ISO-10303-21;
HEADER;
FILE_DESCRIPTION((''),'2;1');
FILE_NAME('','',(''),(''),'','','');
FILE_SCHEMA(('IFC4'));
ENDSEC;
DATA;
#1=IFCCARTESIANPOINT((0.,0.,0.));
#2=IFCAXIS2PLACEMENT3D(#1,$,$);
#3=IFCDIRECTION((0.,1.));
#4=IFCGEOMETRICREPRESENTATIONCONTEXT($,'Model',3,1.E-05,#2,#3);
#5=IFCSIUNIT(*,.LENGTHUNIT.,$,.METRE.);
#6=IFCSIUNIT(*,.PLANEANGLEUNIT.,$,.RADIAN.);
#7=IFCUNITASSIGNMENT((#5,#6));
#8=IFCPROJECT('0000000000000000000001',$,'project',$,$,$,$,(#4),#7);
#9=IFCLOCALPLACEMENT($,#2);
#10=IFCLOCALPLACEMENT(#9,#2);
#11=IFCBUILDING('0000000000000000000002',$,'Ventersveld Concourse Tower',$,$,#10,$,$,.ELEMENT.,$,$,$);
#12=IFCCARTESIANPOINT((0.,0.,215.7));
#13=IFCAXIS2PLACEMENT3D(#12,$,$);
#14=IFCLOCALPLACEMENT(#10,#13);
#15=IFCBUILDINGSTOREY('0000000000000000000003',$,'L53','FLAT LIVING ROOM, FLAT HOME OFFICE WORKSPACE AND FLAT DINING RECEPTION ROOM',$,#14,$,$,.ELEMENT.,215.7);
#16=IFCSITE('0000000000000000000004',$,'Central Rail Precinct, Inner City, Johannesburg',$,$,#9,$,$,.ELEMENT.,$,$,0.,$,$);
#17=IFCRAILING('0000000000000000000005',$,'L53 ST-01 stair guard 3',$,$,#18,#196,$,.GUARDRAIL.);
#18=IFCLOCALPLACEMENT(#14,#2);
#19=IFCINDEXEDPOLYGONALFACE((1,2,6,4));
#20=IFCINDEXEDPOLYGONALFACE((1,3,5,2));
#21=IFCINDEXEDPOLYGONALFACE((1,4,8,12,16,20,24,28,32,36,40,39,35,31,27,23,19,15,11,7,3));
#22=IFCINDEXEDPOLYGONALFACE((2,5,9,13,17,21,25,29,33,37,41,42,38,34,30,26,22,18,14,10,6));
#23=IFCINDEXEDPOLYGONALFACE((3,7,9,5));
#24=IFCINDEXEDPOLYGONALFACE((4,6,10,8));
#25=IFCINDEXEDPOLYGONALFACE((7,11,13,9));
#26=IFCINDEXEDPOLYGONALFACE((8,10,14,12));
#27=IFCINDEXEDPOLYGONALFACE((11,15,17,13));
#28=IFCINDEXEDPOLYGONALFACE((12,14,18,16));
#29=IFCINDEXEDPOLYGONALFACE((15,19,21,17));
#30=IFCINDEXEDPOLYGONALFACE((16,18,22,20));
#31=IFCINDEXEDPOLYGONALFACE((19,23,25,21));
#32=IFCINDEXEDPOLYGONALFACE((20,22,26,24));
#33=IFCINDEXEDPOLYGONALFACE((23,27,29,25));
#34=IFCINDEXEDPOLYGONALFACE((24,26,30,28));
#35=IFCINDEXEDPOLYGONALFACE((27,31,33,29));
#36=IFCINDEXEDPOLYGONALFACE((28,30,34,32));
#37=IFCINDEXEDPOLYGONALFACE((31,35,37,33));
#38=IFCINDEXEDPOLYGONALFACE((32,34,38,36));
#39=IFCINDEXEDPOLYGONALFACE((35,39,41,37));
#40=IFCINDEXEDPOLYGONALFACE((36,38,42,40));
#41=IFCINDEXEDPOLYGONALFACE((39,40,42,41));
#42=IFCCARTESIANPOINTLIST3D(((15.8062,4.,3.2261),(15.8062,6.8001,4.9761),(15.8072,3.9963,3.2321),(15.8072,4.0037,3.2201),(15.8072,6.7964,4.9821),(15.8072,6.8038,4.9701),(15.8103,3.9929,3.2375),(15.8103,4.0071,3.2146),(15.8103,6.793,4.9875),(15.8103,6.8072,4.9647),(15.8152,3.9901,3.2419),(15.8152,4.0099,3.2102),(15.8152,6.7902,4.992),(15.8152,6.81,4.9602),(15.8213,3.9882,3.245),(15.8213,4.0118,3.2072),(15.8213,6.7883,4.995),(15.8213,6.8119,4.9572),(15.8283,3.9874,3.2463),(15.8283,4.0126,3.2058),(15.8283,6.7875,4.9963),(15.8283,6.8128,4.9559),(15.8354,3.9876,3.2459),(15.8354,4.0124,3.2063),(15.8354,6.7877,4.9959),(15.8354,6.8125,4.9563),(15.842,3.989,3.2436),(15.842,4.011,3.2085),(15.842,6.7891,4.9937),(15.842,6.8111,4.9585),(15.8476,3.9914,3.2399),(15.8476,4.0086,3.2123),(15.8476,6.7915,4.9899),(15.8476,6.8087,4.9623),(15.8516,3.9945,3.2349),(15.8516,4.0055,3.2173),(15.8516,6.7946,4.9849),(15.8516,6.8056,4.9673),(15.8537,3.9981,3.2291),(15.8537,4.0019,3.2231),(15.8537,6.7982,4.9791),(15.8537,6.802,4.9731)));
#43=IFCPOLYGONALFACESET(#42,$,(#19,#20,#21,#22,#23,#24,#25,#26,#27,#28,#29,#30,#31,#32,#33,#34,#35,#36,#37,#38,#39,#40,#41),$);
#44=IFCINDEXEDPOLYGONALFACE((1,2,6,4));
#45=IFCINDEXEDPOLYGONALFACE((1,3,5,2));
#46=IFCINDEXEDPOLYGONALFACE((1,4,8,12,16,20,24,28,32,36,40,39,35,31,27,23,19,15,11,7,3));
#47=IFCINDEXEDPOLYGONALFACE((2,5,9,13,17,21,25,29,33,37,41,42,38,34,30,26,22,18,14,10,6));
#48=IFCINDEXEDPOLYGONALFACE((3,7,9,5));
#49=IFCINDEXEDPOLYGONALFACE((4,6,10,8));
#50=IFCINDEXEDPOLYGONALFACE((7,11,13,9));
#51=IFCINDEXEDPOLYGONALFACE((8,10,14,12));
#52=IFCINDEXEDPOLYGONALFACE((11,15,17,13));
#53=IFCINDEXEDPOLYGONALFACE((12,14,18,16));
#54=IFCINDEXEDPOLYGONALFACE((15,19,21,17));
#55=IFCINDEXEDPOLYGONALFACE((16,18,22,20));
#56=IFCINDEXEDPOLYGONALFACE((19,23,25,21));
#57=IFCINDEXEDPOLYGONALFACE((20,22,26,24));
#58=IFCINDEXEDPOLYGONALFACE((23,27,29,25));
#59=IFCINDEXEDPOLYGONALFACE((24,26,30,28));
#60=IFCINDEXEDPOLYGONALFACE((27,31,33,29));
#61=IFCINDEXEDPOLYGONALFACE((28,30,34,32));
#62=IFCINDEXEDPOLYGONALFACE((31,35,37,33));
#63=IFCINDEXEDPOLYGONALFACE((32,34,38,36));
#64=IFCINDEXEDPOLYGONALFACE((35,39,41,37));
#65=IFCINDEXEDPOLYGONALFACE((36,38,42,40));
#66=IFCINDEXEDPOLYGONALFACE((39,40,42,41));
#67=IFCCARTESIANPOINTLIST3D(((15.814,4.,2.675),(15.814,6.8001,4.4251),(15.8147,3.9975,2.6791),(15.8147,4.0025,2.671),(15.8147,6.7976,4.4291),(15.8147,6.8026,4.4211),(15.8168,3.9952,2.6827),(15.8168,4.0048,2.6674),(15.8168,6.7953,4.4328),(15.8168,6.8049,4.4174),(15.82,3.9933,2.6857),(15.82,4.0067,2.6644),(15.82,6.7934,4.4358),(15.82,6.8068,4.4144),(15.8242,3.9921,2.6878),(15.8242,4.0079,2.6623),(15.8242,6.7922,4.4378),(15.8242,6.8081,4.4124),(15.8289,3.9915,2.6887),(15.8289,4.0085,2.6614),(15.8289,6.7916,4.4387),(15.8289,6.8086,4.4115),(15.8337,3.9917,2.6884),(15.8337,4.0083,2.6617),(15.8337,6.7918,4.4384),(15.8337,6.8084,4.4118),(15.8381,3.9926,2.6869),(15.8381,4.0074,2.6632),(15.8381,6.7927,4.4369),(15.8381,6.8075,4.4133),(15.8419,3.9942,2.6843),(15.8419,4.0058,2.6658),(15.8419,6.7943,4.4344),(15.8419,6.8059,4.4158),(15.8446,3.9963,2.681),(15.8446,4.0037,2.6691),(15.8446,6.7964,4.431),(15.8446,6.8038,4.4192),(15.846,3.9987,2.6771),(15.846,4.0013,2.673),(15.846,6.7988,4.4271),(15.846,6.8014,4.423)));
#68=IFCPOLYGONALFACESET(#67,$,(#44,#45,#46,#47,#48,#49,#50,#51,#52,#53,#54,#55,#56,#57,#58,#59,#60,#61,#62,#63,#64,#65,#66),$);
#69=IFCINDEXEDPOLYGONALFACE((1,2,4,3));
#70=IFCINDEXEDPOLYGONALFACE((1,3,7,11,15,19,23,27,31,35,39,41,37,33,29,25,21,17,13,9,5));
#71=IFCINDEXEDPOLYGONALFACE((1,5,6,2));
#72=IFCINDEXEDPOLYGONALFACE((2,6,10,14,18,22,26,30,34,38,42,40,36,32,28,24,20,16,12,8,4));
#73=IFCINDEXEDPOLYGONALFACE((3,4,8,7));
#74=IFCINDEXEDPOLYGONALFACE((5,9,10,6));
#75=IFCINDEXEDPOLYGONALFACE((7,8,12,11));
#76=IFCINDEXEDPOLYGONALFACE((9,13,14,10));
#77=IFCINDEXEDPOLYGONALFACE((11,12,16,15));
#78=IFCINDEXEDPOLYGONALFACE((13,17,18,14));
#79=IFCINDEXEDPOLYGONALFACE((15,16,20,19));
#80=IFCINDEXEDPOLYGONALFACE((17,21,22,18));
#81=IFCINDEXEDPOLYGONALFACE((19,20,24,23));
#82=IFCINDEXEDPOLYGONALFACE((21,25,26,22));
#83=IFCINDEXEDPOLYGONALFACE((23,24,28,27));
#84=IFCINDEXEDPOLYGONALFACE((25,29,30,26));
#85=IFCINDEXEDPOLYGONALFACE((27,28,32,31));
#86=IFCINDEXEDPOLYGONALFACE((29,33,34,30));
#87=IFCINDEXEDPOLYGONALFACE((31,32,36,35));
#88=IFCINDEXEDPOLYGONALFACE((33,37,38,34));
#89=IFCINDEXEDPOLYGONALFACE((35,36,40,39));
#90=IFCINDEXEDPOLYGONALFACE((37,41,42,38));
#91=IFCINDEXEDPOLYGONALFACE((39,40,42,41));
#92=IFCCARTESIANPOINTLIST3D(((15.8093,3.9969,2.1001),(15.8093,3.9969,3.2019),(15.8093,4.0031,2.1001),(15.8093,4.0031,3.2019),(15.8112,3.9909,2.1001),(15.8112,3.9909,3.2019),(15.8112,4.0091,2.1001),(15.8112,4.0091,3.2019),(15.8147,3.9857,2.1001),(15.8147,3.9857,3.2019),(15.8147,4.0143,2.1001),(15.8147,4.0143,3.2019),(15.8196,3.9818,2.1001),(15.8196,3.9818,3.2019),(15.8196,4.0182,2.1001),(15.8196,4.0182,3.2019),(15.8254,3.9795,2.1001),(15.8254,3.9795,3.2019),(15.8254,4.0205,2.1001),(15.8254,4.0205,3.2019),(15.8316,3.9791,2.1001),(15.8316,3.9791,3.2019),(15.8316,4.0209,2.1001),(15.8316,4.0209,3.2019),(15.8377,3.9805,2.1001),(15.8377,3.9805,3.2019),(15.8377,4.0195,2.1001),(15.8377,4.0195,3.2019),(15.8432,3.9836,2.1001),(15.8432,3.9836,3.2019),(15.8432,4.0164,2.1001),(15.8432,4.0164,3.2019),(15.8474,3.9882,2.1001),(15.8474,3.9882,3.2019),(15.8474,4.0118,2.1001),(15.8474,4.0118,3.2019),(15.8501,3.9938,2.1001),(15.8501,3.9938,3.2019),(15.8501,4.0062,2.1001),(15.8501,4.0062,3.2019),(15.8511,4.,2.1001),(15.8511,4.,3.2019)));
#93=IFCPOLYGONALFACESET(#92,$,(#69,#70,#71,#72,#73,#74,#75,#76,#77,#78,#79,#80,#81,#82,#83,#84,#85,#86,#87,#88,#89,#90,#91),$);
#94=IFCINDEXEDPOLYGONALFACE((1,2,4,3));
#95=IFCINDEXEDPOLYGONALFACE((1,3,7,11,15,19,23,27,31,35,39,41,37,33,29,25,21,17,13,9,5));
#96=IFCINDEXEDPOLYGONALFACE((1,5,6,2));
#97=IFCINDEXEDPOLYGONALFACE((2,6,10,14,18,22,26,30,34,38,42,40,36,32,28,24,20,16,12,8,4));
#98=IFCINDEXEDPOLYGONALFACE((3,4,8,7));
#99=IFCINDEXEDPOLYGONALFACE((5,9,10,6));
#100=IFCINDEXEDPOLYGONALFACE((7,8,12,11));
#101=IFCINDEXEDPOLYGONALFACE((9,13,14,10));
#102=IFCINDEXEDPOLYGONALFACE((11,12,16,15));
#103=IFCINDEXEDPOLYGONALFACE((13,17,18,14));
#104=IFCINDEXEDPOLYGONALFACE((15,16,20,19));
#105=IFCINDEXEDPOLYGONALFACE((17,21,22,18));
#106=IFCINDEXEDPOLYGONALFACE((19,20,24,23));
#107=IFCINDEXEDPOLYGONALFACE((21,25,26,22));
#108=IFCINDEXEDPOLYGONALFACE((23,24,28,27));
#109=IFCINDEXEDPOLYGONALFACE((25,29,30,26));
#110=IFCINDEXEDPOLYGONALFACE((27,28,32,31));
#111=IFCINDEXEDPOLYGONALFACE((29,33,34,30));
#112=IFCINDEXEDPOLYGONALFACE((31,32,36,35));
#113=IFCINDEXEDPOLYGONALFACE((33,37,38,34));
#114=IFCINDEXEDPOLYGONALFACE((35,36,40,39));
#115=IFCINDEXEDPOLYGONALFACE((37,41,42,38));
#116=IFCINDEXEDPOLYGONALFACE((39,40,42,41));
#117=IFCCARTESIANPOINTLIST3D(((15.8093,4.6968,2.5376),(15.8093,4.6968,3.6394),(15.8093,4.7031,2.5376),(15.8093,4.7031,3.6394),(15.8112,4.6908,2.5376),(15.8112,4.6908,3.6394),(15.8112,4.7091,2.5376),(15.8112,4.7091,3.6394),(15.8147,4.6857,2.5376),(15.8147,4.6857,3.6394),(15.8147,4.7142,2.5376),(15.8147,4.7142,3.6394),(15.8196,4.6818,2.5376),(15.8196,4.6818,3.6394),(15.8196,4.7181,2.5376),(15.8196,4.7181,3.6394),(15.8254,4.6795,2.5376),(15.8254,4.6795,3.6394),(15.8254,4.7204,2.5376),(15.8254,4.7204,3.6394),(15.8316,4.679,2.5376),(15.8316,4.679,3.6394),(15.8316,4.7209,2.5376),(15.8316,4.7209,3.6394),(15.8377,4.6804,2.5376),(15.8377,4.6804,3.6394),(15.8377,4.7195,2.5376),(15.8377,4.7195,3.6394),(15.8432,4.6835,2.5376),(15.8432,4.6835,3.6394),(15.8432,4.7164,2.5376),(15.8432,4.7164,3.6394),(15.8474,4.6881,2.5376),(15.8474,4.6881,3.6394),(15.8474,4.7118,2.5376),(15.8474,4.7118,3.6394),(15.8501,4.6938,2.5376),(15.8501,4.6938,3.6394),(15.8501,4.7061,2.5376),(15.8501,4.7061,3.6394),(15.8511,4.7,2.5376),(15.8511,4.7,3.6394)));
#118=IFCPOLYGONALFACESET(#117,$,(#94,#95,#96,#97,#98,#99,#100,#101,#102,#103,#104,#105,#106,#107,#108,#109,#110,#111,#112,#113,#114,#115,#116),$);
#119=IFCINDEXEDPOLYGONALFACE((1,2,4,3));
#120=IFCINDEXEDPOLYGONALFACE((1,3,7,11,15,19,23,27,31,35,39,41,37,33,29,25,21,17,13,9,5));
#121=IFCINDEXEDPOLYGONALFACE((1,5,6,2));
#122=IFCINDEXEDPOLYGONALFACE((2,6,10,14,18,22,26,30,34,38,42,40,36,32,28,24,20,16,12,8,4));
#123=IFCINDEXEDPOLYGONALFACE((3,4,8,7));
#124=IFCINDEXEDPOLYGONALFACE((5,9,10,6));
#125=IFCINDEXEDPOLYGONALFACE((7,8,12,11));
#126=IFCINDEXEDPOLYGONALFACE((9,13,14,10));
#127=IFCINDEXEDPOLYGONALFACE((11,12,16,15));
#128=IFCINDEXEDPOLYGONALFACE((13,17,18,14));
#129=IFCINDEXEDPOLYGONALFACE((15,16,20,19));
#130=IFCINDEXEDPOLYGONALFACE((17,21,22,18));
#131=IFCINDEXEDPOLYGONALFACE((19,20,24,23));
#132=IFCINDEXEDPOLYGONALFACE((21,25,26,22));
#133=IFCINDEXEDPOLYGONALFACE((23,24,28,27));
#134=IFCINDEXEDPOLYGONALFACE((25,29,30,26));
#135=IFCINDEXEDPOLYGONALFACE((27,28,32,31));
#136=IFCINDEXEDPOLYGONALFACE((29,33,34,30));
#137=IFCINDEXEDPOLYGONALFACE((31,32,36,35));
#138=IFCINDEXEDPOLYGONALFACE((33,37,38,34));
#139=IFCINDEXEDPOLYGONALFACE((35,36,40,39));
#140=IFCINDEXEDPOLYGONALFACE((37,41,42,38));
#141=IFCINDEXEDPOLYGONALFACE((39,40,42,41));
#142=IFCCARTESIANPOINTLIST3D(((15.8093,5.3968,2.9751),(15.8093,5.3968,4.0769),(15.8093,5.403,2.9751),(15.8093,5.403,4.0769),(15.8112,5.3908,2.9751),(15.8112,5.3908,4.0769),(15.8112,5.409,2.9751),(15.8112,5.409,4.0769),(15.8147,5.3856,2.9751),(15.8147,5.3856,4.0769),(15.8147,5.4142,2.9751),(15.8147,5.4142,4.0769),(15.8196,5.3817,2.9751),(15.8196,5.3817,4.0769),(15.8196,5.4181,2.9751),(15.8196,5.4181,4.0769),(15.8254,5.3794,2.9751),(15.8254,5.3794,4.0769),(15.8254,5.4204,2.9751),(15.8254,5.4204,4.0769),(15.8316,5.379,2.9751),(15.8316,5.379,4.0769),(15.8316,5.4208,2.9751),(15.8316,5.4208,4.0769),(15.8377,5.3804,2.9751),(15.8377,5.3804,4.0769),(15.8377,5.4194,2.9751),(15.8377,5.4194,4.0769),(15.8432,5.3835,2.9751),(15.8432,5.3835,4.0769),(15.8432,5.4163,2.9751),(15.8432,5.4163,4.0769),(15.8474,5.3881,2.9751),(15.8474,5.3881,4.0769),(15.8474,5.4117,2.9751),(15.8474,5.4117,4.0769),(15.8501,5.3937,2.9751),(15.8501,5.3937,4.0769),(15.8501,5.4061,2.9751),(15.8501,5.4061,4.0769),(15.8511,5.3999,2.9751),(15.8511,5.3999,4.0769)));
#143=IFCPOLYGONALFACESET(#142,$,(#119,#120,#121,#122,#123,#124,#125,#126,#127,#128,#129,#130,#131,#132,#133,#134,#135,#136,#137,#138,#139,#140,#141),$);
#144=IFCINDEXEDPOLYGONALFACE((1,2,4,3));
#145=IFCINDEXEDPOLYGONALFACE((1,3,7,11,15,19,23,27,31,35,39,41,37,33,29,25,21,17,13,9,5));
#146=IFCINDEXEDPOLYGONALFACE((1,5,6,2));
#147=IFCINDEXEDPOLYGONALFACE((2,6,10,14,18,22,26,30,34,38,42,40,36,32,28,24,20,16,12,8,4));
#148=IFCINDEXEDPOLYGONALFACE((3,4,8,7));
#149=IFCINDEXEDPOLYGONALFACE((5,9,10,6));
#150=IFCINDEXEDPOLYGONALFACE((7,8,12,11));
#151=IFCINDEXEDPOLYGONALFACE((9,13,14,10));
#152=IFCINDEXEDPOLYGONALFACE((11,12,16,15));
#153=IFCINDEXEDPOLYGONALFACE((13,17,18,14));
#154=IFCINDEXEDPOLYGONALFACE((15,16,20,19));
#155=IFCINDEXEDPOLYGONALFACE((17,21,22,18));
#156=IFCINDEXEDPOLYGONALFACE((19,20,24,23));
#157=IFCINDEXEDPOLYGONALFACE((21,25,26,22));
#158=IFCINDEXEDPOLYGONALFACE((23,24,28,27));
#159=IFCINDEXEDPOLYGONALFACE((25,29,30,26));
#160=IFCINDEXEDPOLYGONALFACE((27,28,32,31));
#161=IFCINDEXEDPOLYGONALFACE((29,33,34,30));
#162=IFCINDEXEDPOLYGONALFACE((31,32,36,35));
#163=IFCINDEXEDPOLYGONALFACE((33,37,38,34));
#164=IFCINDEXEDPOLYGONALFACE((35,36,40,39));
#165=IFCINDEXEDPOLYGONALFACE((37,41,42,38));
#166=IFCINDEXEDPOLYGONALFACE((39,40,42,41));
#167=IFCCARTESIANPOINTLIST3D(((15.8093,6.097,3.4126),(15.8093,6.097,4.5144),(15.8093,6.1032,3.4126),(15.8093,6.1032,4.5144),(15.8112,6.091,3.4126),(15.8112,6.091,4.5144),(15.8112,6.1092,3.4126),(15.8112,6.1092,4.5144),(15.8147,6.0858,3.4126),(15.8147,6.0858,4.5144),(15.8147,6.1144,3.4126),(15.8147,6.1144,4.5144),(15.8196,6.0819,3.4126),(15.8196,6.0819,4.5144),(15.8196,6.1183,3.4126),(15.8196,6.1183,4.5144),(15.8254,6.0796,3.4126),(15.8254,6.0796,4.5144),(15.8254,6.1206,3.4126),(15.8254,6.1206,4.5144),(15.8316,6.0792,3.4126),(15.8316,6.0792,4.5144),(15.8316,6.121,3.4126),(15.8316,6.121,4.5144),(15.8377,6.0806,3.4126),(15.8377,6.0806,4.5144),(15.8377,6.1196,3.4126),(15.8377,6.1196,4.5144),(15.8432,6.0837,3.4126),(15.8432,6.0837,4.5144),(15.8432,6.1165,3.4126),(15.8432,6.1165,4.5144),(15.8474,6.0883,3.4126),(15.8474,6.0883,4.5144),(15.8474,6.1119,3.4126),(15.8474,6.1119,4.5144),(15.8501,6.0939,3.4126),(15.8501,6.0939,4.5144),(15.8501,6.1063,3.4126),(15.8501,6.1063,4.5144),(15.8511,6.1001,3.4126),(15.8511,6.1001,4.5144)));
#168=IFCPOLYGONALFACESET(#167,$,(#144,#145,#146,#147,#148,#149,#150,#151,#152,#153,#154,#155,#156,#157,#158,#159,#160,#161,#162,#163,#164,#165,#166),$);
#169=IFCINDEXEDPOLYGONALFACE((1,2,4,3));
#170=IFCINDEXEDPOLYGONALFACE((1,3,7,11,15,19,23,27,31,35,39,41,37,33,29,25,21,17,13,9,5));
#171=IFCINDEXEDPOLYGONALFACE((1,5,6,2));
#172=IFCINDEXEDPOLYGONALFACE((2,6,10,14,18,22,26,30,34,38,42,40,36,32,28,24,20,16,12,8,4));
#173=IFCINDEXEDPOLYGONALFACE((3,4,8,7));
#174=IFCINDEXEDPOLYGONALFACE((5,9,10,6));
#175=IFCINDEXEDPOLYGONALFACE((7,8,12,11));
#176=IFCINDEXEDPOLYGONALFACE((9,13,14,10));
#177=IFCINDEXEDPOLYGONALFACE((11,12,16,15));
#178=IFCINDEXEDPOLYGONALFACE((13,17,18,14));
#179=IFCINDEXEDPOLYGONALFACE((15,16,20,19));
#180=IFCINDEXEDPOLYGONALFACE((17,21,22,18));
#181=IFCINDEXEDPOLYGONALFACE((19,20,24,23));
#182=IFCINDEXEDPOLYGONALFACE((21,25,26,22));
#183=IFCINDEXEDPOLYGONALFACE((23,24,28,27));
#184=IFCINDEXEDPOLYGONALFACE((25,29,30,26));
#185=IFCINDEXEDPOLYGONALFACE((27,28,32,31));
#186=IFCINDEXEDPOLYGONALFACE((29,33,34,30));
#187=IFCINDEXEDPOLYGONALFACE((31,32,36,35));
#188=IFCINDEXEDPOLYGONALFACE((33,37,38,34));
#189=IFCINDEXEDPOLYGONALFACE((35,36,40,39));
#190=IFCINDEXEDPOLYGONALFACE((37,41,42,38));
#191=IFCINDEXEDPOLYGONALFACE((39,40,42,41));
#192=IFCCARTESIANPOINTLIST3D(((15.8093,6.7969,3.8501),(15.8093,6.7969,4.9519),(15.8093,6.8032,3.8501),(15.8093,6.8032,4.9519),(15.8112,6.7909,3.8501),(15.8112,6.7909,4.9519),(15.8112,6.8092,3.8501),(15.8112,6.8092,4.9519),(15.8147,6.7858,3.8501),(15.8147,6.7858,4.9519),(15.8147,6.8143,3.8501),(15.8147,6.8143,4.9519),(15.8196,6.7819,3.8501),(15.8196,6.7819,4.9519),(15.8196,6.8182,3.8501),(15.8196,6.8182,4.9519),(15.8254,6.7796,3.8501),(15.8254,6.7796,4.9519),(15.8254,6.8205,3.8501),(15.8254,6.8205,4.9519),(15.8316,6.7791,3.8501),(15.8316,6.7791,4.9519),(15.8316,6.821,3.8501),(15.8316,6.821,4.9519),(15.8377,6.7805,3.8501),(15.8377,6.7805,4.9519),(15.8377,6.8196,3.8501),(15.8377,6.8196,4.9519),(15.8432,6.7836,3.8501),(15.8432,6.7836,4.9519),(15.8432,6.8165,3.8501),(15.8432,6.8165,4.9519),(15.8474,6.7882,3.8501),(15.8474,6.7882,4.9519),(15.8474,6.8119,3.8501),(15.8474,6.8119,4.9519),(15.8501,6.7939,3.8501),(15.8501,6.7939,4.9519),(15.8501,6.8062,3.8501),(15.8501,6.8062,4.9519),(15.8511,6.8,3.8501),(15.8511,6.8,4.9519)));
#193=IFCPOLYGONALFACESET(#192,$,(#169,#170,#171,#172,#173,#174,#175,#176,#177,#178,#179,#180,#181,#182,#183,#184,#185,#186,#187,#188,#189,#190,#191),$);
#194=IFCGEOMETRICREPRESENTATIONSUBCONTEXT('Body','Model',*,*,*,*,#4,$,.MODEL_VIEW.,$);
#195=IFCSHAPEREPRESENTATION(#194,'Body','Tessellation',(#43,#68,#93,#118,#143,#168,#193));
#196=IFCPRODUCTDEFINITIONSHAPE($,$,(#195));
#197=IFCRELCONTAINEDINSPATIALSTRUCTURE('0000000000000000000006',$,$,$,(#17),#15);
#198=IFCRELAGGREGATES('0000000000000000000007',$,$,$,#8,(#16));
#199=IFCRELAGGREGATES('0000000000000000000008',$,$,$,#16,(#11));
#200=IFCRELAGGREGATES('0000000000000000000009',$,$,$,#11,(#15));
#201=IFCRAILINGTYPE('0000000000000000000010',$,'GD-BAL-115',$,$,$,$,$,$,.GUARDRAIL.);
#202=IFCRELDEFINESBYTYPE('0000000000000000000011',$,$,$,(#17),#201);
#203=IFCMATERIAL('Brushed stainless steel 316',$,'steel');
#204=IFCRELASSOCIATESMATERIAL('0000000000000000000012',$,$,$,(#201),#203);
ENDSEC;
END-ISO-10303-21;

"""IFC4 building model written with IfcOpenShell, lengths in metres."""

from ifc_helpers import new_model, si_unit, direction, frame, origin, origin_2d, place, context, subcontext, project, spatial, circle, extrude, material, type_object, element, save


model = new_model("IFC4")

# Units and contexts
model_context = context("Model", 3, precision=1e-05, world=origin(), true_north=direction((0.0, 1.0)))
body_context = subcontext(model_context, "Body", "Model", "MODEL_VIEW")
ifc_project = project(units=[si_unit("LENGTHUNIT", "METRE"), si_unit("PLANEANGLEUNIT", "RADIAN")], contexts=[model_context])

# Site, building, storey
site_placement = place(None, origin())
site = spatial("IfcSite", under=ifc_project, at=site_placement, Name="Central Rail Precinct, Inner City, Johannesburg", CompositionType="ELEMENT", RefElevation=0.0)
building_placement = place(site_placement, origin())
building = spatial("IfcBuilding", under=site, at=building_placement, Name="Ventersveld Concourse Tower", CompositionType="ELEMENT")
storey_placement = place(building_placement, frame((0.0, 0.0, 215.7)))
storey = spatial("IfcBuildingStorey", under=building, at=storey_placement, Name="L53", Description="FLAT LIVING ROOM, FLAT HOME OFFICE WORKSPACE AND FLAT DINING RECEPTION ROOM", CompositionType="ELEMENT", Elevation=215.7)

# Railing
ifc_material_1 = material(Name="Brushed stainless steel 316", Category="steel")
railing_type_1 = type_object("IfcRailingType", Name="GD-BAL-115", PredefinedType="GUARDRAIL", material=ifc_material_1)
railing_1_placement = place(storey_placement, frame((15.8301, 4.0, 2.1001)))
element("IfcRailing", 1, at=railing_1_placement, inside=storey, type_object=railing_type_1, Name="L53 ST-01 stair guard 3", PredefinedType="GUARDRAIL", context=body_context, shape_type="SweptSolid", body=[
    extrude(circle(Radius=0.0239, at=origin_2d()), frame((0.0, 0.0, 1.126), z_axis=(0.0, 0.848002, 0.529992), x_axis=(-1.0, 0.0, 0.0)), (0.0, 0.0, 1.0), 3.302),
    extrude(circle(Radius=0.0161, at=origin_2d()), frame((0.0, 0.0, 0.575), z_axis=(0.0, 0.848002, 0.529992), x_axis=(-1.0, 0.0, 0.0)), (0.0, 0.0, 1.0), 3.302),
    extrude(circle(Radius=0.021, at=origin_2d()), origin(), (0.0, 0.0, 1.0), 1.1018),
    extrude(circle(Radius=0.021, at=origin_2d()), frame((0.0, 0.7, 0.4375)), (0.0, 0.0, 1.0), 1.1018),
    extrude(circle(Radius=0.021, at=origin_2d()), frame((0.0, 1.3999, 0.875)), (0.0, 0.0, 1.0), 1.1018),
    extrude(circle(Radius=0.021, at=origin_2d()), frame((0.0, 2.1001, 1.3125)), (0.0, 0.0, 1.0), 1.1018),
    extrude(circle(Radius=0.021, at=origin_2d()), frame((0.0, 2.8, 1.75)), (0.0, 0.0, 1.0), 1.1018),
])

save(model, "model.ifc")
